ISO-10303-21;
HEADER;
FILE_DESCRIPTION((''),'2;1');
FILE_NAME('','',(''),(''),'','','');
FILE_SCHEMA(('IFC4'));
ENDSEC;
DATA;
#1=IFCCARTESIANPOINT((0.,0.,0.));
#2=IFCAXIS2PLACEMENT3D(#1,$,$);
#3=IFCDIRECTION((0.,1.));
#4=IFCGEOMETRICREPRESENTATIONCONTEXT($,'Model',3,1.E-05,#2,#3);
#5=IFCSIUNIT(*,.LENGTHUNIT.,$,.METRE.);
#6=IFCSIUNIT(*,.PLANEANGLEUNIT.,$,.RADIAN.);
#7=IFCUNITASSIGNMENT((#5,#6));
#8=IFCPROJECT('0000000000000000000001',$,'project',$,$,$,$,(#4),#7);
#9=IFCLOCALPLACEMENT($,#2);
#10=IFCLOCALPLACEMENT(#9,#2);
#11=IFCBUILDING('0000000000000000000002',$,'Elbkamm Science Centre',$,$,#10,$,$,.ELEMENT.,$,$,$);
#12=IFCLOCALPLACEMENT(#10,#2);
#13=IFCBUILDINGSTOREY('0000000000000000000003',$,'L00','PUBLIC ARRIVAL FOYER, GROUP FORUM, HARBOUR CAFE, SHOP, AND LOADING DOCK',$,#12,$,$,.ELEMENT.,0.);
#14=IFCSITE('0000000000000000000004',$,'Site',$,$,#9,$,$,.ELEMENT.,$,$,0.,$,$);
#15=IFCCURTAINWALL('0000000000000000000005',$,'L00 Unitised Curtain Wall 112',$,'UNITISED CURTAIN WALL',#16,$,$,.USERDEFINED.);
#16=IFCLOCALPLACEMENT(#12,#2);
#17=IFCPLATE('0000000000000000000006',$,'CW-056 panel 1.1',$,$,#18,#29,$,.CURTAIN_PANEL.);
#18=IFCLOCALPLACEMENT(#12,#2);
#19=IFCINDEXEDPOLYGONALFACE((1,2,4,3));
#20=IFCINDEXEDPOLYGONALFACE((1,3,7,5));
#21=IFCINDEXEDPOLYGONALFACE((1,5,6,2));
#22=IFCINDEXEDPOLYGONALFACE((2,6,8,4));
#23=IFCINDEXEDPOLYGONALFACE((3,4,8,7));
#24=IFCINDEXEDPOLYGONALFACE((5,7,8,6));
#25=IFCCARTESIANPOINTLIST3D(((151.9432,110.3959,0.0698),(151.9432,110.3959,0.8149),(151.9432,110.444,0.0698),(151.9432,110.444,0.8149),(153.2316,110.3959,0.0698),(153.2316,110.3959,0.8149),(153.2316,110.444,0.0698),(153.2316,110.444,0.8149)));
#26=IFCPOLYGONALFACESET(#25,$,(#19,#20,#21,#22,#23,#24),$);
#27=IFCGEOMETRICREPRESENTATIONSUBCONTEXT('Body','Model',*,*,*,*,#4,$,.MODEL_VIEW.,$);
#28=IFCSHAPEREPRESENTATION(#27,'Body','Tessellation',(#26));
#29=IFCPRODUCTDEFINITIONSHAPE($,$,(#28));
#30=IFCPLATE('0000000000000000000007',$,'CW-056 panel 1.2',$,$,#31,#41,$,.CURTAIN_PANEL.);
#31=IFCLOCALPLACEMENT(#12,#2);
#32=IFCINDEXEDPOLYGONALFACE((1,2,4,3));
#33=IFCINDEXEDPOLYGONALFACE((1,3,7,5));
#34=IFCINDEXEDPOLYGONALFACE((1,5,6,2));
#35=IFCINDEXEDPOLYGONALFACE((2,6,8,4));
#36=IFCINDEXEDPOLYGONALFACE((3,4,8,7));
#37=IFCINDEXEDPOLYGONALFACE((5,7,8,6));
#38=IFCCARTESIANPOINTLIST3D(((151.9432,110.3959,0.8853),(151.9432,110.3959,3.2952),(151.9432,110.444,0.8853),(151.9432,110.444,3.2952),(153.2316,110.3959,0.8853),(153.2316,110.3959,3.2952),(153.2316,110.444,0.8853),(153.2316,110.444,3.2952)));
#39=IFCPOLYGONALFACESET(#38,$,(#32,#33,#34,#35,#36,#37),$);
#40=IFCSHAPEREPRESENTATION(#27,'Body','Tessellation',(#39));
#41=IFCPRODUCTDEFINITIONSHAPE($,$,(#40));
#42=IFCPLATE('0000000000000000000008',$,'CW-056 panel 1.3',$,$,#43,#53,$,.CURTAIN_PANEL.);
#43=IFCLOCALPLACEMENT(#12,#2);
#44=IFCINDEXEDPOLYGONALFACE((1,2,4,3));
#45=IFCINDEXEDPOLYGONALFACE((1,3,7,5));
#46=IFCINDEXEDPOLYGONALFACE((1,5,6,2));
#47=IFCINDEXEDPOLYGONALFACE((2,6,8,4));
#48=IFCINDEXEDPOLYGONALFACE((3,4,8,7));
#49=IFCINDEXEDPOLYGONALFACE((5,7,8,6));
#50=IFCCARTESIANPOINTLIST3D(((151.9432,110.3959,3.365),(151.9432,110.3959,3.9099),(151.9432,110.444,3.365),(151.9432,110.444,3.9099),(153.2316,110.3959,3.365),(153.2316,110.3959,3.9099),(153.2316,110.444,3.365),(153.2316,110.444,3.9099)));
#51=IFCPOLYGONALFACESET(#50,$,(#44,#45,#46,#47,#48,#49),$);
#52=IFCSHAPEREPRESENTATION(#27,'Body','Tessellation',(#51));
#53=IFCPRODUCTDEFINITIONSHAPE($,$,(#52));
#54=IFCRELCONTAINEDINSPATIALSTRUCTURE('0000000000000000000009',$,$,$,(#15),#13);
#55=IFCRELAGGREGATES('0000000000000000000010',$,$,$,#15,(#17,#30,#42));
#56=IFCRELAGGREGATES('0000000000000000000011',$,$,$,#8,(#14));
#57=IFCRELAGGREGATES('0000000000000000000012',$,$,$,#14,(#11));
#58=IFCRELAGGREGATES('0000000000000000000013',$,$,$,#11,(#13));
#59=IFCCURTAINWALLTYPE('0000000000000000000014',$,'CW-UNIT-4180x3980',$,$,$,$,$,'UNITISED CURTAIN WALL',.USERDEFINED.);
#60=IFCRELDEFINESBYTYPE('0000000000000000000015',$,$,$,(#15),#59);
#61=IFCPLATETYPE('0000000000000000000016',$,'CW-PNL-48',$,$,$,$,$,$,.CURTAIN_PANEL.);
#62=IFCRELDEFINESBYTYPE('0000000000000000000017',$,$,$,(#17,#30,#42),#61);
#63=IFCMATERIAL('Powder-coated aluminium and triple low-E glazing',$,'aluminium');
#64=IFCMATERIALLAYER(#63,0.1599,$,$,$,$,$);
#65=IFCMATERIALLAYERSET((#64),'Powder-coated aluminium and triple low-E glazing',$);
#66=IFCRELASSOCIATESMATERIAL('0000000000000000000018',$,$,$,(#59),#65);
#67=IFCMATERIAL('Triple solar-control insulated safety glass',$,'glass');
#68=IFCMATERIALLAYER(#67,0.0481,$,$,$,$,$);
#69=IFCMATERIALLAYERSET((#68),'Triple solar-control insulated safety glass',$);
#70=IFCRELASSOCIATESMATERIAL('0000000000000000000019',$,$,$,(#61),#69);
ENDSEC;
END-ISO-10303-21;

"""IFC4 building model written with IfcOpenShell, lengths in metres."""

from ifc_helpers import new_model, si_unit, direction, frame, origin, origin_2d, place, context, subcontext, project, spatial, rectangle, extrude, material, layer, layer_set, type_object, element, aggregate, save


model = new_model("IFC4")

# Units and contexts
model_context = context("Model", 3, precision=1e-05, world=origin(), true_north=direction((0.0, 1.0)))
body_context = subcontext(model_context, "Body", "Model", "MODEL_VIEW")
ifc_project = project(units=[si_unit("LENGTHUNIT", "METRE"), si_unit("PLANEANGLEUNIT", "RADIAN")], contexts=[model_context])

# Site, building, storey
site_placement = place(None, origin())
site = spatial("IfcSite", under=ifc_project, at=site_placement, Name="Site", CompositionType="ELEMENT", RefElevation=0.0)
building_placement = place(site_placement, origin())
building = spatial("IfcBuilding", under=site, at=building_placement, Name="Elbkamm Science Centre", CompositionType="ELEMENT")
storey_placement = place(building_placement, origin())
storey = spatial("IfcBuildingStorey", under=building, at=storey_placement, Name="L00", Description="PUBLIC ARRIVAL FOYER, GROUP FORUM, HARBOUR CAFE, SHOP, AND LOADING DOCK", CompositionType="ELEMENT", Elevation=0.0)

# Curtain wall
ifc_material_1 = material(Name="Powder-coated aluminium and triple low-E glazing", Category="aluminium")
ifc_layer_1 = layer(ifc_material_1, 0.1599)
ifc_layer_set_1 = layer_set([ifc_layer_1], Name="Powder-coated aluminium and triple low-E glazing")
curtain_wall_type_1 = type_object("IfcCurtainWallType", Name="CW-UNIT-4180x3980", ElementType="UNITISED CURTAIN WALL", PredefinedType="USERDEFINED", material=ifc_layer_set_1)
curtain_wall_1_placement = place(storey_placement, origin())
curtain_wall_1 = element("IfcCurtainWall", 1, at=curtain_wall_1_placement, inside=storey, type_object=curtain_wall_type_1, Name="L00 Unitised Curtain Wall 112", ObjectType="UNITISED CURTAIN WALL", PredefinedType="USERDEFINED")

# Plates
ifc_material_2 = material(Name="Triple solar-control insulated safety glass", Category="glass")
ifc_layer_2 = layer(ifc_material_2, 0.0481)
ifc_layer_set_2 = layer_set([ifc_layer_2], Name="Triple solar-control insulated safety glass")
plate_type = type_object("IfcPlateType", Name="CW-PNL-48", PredefinedType="CURTAIN_PANEL", material=ifc_layer_set_2)
plate_1_placement = place(storey_placement, frame((152.5874, 110.4199, 0.0698), z_axis=(0.0, 0.0, 1.0), x_axis=(1.0, 0.0, 0.0)))
plate_1 = element("IfcPlate", 2, at=plate_1_placement, type_object=plate_type, Name="CW-056 panel 1.1", PredefinedType="CURTAIN_PANEL", context=body_context, shape_type="SweptSolid", body=[
    extrude(rectangle(XDim=1.2883, YDim=0.0481, at=origin_2d()), origin(), (0.0, 0.0, 1.0), 0.7451),
])
plate_2_placement = place(storey_placement, frame((152.5874, 110.4199, 0.8853), z_axis=(0.0, 0.0, 1.0), x_axis=(1.0, 0.0, 0.0)))
plate_2 = element("IfcPlate", 3, at=plate_2_placement, type_object=plate_type, Name="CW-056 panel 1.2", PredefinedType="CURTAIN_PANEL", context=body_context, shape_type="SweptSolid", body=[
    extrude(rectangle(XDim=1.2883, YDim=0.0481, at=origin_2d()), origin(), (0.0, 0.0, 1.0), 2.4099),
])
plate_3_placement = place(storey_placement, frame((152.5874, 110.4199, 3.365), z_axis=(0.0, 0.0, 1.0), x_axis=(1.0, 0.0, 0.0)))
plate_3 = element("IfcPlate", 4, at=plate_3_placement, type_object=plate_type, Name="CW-056 panel 1.3", PredefinedType="CURTAIN_PANEL", context=body_context, shape_type="SweptSolid", body=[
    extrude(rectangle(XDim=1.2883, YDim=0.0481, at=origin_2d()), origin(), (0.0, 0.0, 1.0), 0.5449),
])
aggregate(curtain_wall_1, [plate_1, plate_2, plate_3])

save(model, "model.ifc")
